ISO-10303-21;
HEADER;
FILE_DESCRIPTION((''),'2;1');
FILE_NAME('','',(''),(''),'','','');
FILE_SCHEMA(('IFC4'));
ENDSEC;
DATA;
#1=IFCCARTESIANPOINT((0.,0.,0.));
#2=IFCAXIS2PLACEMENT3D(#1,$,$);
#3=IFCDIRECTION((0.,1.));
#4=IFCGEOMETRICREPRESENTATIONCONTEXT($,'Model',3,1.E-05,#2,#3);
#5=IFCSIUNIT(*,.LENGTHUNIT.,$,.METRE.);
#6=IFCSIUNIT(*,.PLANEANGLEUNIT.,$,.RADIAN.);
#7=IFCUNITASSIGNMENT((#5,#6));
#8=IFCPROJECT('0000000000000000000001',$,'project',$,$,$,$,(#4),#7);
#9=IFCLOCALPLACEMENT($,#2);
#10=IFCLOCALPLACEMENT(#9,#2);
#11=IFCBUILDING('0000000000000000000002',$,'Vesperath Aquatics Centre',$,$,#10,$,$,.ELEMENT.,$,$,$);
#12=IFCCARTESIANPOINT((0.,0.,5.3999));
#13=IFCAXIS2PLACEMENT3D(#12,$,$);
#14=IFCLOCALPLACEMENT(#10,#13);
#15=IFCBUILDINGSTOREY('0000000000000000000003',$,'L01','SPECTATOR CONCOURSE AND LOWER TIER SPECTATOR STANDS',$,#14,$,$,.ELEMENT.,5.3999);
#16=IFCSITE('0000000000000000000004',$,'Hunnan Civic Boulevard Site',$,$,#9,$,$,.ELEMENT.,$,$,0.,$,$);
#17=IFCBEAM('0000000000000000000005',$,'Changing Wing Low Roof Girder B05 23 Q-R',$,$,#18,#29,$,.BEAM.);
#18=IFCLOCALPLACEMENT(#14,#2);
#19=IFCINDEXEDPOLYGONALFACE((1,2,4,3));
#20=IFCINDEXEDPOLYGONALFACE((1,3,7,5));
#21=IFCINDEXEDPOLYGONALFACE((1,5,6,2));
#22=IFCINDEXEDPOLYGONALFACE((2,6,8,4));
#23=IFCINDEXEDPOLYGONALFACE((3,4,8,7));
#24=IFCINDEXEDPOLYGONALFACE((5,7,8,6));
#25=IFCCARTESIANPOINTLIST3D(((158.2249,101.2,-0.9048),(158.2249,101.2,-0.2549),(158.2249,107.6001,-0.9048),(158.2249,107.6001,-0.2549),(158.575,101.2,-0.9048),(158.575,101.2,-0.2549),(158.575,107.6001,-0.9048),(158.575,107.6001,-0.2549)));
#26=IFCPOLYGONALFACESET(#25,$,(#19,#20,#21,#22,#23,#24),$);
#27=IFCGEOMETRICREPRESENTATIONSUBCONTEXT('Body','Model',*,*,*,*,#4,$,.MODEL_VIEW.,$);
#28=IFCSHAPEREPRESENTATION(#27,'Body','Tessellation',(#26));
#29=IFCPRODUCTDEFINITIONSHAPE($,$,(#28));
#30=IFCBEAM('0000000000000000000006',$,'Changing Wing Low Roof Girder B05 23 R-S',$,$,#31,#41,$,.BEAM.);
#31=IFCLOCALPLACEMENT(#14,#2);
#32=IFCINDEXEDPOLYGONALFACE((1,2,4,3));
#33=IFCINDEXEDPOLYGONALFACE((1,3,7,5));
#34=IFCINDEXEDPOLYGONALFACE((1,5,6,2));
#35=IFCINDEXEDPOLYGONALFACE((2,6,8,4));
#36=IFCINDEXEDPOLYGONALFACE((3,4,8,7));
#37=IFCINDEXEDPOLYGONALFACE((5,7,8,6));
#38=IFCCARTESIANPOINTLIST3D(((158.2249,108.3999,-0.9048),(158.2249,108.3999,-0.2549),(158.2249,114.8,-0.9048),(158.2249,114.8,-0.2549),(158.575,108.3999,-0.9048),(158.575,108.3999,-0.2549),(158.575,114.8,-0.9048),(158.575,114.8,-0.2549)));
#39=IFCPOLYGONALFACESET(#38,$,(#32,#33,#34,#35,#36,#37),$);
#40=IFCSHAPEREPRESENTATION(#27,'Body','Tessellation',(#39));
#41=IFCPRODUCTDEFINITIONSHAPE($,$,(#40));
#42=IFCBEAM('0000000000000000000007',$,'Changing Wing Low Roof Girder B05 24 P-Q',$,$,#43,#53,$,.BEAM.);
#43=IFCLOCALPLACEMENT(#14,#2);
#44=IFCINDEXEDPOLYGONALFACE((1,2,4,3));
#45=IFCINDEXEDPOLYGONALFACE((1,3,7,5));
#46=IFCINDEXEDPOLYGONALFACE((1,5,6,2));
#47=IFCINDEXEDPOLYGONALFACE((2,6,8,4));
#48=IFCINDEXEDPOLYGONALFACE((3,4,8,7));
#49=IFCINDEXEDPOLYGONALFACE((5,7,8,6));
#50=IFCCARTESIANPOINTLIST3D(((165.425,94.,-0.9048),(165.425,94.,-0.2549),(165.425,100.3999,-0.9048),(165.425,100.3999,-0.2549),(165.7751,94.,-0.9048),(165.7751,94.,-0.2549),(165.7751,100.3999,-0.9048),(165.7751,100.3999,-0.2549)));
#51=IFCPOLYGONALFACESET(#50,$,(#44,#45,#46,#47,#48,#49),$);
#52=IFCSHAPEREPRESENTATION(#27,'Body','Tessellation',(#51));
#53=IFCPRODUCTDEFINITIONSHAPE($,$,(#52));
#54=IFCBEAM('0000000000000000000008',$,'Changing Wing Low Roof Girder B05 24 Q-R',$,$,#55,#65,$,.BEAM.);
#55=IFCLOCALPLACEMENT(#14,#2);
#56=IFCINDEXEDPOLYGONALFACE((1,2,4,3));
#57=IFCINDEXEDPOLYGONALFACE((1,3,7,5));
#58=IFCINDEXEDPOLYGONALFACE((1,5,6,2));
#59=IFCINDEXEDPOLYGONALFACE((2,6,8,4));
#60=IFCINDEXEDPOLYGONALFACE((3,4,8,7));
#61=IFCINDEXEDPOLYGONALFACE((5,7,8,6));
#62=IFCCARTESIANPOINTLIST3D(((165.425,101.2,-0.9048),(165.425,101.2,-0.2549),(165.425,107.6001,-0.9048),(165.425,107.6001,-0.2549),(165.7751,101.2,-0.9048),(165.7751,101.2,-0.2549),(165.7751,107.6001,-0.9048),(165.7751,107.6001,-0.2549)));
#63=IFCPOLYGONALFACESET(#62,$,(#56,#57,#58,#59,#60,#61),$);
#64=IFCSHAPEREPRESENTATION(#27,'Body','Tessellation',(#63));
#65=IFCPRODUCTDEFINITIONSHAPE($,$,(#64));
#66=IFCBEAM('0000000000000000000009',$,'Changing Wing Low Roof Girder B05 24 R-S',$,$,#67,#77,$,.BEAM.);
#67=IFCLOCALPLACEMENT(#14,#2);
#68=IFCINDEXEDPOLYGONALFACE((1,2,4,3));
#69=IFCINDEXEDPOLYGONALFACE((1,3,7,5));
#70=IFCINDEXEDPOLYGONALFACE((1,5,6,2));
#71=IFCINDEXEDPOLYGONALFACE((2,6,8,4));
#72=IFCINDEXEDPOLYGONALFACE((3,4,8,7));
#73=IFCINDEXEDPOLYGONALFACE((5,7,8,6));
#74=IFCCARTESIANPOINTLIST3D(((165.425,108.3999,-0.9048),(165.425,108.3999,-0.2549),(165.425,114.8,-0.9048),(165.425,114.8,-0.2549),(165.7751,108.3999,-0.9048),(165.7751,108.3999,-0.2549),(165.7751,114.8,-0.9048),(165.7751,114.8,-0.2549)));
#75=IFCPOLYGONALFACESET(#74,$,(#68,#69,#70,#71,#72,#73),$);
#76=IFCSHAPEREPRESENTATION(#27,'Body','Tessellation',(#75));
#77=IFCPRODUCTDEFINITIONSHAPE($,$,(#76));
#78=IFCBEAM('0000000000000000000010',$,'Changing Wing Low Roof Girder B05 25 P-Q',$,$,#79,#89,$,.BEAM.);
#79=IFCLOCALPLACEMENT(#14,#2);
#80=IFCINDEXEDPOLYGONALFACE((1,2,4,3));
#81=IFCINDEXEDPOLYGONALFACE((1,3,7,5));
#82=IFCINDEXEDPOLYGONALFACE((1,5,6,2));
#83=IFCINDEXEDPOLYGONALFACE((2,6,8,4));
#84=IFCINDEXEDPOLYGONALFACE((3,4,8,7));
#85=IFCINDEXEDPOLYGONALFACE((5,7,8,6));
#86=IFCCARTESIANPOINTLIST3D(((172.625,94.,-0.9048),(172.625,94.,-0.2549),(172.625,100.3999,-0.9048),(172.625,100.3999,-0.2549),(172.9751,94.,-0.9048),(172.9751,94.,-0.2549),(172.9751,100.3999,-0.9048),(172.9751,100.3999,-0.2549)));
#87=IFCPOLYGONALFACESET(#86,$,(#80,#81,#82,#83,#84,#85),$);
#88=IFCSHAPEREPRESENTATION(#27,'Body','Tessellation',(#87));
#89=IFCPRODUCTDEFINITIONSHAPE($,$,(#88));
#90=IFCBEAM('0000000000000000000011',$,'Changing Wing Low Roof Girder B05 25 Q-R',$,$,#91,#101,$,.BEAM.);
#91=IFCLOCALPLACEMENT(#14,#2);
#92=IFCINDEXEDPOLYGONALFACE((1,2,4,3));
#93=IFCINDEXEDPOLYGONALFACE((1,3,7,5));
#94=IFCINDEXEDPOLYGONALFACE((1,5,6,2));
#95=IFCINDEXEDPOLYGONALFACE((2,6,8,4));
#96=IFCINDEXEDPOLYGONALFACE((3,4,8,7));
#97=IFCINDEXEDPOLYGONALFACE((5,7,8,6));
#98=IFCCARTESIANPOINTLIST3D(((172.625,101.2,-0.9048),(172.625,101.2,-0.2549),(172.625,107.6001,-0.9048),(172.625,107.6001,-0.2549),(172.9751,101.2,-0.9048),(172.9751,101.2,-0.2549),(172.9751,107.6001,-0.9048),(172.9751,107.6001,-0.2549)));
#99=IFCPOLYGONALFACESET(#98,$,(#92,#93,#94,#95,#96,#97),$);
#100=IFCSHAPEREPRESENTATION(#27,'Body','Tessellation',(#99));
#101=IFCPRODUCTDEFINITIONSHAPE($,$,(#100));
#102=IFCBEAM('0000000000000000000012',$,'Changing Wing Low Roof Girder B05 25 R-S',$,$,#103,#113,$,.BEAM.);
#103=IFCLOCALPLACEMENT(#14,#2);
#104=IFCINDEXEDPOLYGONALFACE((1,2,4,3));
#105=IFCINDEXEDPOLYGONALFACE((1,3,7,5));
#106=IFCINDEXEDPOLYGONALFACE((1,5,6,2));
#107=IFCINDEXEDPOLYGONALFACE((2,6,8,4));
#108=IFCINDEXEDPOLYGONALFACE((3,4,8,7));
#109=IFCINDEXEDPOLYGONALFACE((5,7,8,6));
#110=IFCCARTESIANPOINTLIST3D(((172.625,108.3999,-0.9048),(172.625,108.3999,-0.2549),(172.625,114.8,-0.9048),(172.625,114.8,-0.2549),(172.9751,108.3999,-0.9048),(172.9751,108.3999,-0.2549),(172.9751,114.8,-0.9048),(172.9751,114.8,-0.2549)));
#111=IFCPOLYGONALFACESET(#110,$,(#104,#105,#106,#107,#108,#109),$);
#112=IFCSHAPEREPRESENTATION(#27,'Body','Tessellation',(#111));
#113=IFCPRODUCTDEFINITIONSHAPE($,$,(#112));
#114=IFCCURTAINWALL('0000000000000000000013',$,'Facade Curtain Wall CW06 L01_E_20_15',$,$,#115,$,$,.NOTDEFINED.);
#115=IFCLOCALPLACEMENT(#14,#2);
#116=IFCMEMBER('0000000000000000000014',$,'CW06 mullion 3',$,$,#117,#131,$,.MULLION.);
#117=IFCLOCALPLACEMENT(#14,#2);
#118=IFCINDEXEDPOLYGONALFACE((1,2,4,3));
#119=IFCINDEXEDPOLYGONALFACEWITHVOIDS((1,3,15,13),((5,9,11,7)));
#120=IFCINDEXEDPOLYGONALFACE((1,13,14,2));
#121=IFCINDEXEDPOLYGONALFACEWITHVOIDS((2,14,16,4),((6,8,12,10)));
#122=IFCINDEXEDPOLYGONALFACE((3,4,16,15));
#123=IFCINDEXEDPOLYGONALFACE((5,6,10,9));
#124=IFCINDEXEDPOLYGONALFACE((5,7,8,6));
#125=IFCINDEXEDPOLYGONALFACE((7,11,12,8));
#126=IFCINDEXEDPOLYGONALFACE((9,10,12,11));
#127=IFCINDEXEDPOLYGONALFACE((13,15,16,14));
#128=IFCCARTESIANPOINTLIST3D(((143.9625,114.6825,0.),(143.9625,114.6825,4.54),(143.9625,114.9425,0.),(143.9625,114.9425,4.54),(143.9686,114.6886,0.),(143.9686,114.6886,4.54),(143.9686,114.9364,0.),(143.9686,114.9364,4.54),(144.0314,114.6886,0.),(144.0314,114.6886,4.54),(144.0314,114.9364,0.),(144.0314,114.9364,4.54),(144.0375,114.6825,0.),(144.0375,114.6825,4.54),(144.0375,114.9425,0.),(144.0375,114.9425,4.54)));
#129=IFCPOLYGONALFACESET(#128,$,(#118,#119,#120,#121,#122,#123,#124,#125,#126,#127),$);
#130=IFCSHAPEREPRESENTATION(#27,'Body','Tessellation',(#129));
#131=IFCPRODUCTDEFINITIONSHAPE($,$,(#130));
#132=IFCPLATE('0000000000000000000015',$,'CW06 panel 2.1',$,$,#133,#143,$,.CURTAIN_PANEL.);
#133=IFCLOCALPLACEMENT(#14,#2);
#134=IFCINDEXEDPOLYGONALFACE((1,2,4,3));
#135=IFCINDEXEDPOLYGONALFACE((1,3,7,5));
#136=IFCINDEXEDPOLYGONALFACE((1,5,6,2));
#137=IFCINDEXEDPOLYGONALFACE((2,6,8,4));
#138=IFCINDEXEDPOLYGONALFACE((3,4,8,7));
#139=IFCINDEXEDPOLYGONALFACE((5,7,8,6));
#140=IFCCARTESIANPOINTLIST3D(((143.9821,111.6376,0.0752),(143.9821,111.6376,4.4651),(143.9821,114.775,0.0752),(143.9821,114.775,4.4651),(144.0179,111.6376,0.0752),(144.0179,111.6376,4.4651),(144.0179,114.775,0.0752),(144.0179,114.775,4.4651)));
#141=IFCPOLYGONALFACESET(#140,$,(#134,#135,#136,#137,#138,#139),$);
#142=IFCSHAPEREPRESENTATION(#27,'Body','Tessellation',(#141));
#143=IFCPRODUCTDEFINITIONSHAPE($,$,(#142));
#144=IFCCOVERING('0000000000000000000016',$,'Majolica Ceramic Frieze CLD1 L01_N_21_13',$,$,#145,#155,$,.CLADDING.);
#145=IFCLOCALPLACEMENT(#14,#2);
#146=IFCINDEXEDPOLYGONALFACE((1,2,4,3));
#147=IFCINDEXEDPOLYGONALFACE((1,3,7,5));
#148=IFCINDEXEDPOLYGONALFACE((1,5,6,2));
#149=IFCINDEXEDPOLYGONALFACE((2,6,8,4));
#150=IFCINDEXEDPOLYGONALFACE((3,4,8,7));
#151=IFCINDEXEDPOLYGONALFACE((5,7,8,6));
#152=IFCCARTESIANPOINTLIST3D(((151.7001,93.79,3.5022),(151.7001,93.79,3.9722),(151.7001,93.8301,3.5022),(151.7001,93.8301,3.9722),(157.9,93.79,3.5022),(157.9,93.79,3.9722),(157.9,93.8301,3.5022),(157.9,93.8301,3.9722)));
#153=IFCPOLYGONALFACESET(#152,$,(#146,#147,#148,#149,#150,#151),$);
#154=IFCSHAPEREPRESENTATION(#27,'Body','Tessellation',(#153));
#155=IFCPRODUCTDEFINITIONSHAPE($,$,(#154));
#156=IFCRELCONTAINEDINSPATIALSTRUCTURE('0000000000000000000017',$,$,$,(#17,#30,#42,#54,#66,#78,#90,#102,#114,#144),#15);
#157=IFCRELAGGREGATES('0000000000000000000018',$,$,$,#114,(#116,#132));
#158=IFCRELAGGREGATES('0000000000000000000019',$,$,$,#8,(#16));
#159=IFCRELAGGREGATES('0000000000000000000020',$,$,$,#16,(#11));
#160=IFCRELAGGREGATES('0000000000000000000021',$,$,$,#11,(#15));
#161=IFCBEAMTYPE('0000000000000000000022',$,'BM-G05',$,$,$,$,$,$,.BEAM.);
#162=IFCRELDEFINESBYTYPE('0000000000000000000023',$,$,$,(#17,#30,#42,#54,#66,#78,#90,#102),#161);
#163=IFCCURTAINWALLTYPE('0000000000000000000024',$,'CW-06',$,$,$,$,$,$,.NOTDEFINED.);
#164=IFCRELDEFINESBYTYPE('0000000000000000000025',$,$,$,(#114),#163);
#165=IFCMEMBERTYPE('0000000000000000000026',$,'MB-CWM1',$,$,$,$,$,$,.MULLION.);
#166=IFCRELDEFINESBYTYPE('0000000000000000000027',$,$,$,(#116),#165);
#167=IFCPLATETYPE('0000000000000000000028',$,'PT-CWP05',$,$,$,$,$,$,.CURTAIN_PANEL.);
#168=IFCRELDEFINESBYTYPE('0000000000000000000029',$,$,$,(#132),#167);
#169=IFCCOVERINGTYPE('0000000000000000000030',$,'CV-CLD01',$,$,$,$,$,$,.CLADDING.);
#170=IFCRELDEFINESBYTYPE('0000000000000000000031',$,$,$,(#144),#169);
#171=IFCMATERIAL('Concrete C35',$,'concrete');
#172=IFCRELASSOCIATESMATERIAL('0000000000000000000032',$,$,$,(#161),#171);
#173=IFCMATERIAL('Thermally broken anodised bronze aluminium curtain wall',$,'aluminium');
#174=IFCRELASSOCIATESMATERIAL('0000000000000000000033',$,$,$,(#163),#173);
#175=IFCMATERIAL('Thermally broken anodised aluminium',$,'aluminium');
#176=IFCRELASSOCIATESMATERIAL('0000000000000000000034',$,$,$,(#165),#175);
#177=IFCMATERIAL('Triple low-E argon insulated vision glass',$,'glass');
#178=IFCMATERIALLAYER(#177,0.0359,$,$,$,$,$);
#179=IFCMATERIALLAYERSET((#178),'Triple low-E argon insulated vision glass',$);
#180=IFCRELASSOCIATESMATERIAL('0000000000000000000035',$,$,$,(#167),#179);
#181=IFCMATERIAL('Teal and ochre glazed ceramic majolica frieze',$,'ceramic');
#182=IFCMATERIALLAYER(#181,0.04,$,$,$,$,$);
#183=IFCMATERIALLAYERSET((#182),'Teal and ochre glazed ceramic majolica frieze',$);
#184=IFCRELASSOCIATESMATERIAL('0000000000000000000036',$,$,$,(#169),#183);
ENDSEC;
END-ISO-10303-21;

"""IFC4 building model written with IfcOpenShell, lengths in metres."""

from ifc_helpers import new_model, si_unit, direction, frame, frame_2d, origin, origin_2d, place, context, subcontext, project, spatial, rectangle, hollow_rectangle, extrude, material, layer, layer_set, material_profile, profile_set, type_object, element, aggregate, save


model = new_model("IFC4")

# Units and contexts
model_context = context("Model", 3, precision=1e-05, world=origin(), true_north=direction((0.0, 1.0)))
body_context = subcontext(model_context, "Body", "Model", "MODEL_VIEW")
ifc_project = project(units=[si_unit("LENGTHUNIT", "METRE"), si_unit("PLANEANGLEUNIT", "RADIAN")], contexts=[model_context])

# Site, building, storey
site_placement = place(None, origin())
site = spatial("IfcSite", under=ifc_project, at=site_placement, Name="Hunnan Civic Boulevard Site", CompositionType="ELEMENT", RefElevation=0.0)
building_placement = place(site_placement, origin())
building = spatial("IfcBuilding", under=site, at=building_placement, Name="Vesperath Aquatics Centre", CompositionType="ELEMENT")
storey_placement = place(building_placement, frame((0.0, 0.0, 5.3999)))
storey = spatial("IfcBuildingStorey", under=building, at=storey_placement, Name="L01", Description="SPECTATOR CONCOURSE AND LOWER TIER SPECTATOR STANDS", CompositionType="ELEMENT", Elevation=5.3999)

# Beams
ifc_material_1 = material(Name="Concrete C35", Category="concrete")
ifc_material_profile_1 = material_profile(ifc_material_1, rectangle(XDim=0.3501, YDim=0.6499, at=origin_2d()), Name="RC 350x650")
ifc_profile_set_1 = profile_set([ifc_material_profile_1], Name="Concrete C35")
beam_type = type_object("IfcBeamType", Name="BM-G05", PredefinedType="BEAM", material=ifc_profile_set_1)
for number, where, z_axis, x_axis, name in (
    (1, (158.3999, 101.2, -0.5798), (0.0, 1.0, 0.0), (-1.0, 0.0, 0.0), "Changing Wing Low Roof Girder B05 23 Q-R"),
    (2, (158.3999, 108.3999, -0.5798), (0.0, 1.0, 0.0), (-1.0, 0.0, 0.0), "Changing Wing Low Roof Girder B05 23 R-S"),
):
    element("IfcBeam", number, at=place(storey_placement, frame(where, z_axis=z_axis, x_axis=x_axis)), inside=storey, type_object=beam_type, Name=name, PredefinedType="BEAM", context=body_context, shape_type="SweptSolid", body=[
        extrude(rectangle(XDim=0.3501, YDim=0.6499, at=origin_2d()), origin(), (0.0, 0.0, 1.0), 6.4001),
    ])
beam_1_placement = place(storey_placement, frame((165.6001, 94.0, -0.5798), z_axis=(0.0, 1.0, 0.0), x_axis=(-1.0, 0.0, 0.0)))
element("IfcBeam", 3, at=beam_1_placement, inside=storey, type_object=beam_type, Name="Changing Wing Low Roof Girder B05 24 P-Q", PredefinedType="BEAM", context=body_context, shape_type="SweptSolid", body=[
    extrude(rectangle(XDim=0.3501, YDim=0.6499, at=origin_2d()), origin(), (0.0, 0.0, 1.0), 6.3999),
])
for number, where, z_axis, x_axis, name in (
    (4, (165.6001, 101.2, -0.5798), (0.0, 1.0, 0.0), (-1.0, 0.0, 0.0), "Changing Wing Low Roof Girder B05 24 Q-R"),
    (5, (165.6001, 108.3999, -0.5798), (0.0, 1.0, 0.0), (-1.0, 0.0, 0.0), "Changing Wing Low Roof Girder B05 24 R-S"),
):
    element("IfcBeam", number, at=place(storey_placement, frame(where, z_axis=z_axis, x_axis=x_axis)), inside=storey, type_object=beam_type, Name=name, PredefinedType="BEAM", context=body_context, shape_type="SweptSolid", body=[
        extrude(rectangle(XDim=0.3501, YDim=0.6499, at=origin_2d()), origin(), (0.0, 0.0, 1.0), 6.4001),
    ])
beam_2_placement = place(storey_placement, frame((172.8, 94.0, -0.5798), z_axis=(0.0, 1.0, 0.0), x_axis=(-1.0, 0.0, 0.0)))
element("IfcBeam", 6, at=beam_2_placement, inside=storey, type_object=beam_type, Name="Changing Wing Low Roof Girder B05 25 P-Q", PredefinedType="BEAM", context=body_context, shape_type="SweptSolid", body=[
    extrude(rectangle(XDim=0.3501, YDim=0.6499, at=origin_2d()), origin(), (0.0, 0.0, 1.0), 6.3999),
])
for number, where, z_axis, x_axis, name in (
    (7, (172.8, 101.2, -0.5798), (0.0, 1.0, 0.0), (-1.0, 0.0, 0.0), "Changing Wing Low Roof Girder B05 25 Q-R"),
    (8, (172.8, 108.3999, -0.5798), (0.0, 1.0, 0.0), (-1.0, 0.0, 0.0), "Changing Wing Low Roof Girder B05 25 R-S"),
):
    element("IfcBeam", number, at=place(storey_placement, frame(where, z_axis=z_axis, x_axis=x_axis)), inside=storey, type_object=beam_type, Name=name, PredefinedType="BEAM", context=body_context, shape_type="SweptSolid", body=[
        extrude(rectangle(XDim=0.3501, YDim=0.6499, at=origin_2d()), origin(), (0.0, 0.0, 1.0), 6.4001),
    ])

# Curtain wall, member, plate
ifc_material_2 = material(Name="Thermally broken anodised bronze aluminium curtain wall", Category="aluminium")
curtain_wall_type = type_object("IfcCurtainWallType", Name="CW-06", PredefinedType="NOTDEFINED", material=ifc_material_2)
curtain_wall_placement = place(storey_placement, origin())
curtain_wall = element("IfcCurtainWall", 9, at=curtain_wall_placement, inside=storey, type_object=curtain_wall_type, Name="Facade Curtain Wall CW06 L01_E_20_15", PredefinedType="NOTDEFINED")
ifc_material_3 = material(Name="Thermally broken anodised aluminium", Category="aluminium")
ifc_material_profile_2 = material_profile(ifc_material_3, hollow_rectangle(XDim=0.075, YDim=0.26, WallThickness=0.0061, at=origin_2d()), Name="CWM 75x260x6")
ifc_profile_set_2 = profile_set([ifc_material_profile_2], Name="Thermally broken anodised aluminium")
member_type = type_object("IfcMemberType", Name="MB-CWM1", PredefinedType="MULLION", material=ifc_profile_set_2)
member_placement = place(storey_placement, frame((144.0, 114.8125, 0.0), z_axis=(0.0, 0.0, 1.0), x_axis=(-1.0, 0.0, 0.0)))
member = element("IfcMember", 10, at=member_placement, type_object=member_type, Name="CW06 mullion 3", PredefinedType="MULLION", context=body_context, shape_type="SweptSolid", body=[
    extrude(hollow_rectangle(XDim=0.075, YDim=0.26, WallThickness=0.0061, at=origin_2d()), origin(), (0.0, 0.0, 1.0), 4.54),
])
ifc_material_4 = material(Name="Triple low-E argon insulated vision glass", Category="glass")
ifc_layer_1 = layer(ifc_material_4, 0.0359)
ifc_layer_set_1 = layer_set([ifc_layer_1], Name="Triple low-E argon insulated vision glass")
plate_type = type_object("IfcPlateType", Name="PT-CWP05", PredefinedType="CURTAIN_PANEL", material=ifc_layer_set_1)
plate_placement = place(storey_placement, frame((144.0, 113.2063, 0.0752), z_axis=(0.0, 0.0, 1.0), x_axis=(0.0, 1.0, 0.0)))
plate = element("IfcPlate", 11, at=plate_placement, type_object=plate_type, Name="CW06 panel 2.1", PredefinedType="CURTAIN_PANEL", context=body_context, shape_type="SweptSolid", body=[
    extrude(rectangle(XDim=3.1375, YDim=0.0359, at=origin_2d()), origin(), (0.0, 0.0, 1.0), 4.3899),
])
aggregate(curtain_wall, [member, plate])

# Covering
ifc_material_5 = material(Name="Teal and ochre glazed ceramic majolica frieze", Category="ceramic")
ifc_layer_2 = layer(ifc_material_5, 0.04)
ifc_layer_set_2 = layer_set([ifc_layer_2], Name="Teal and ochre glazed ceramic majolica frieze")
covering_type = type_object("IfcCoveringType", Name="CV-CLD01", PredefinedType="CLADDING", material=ifc_layer_set_2)
covering_placement = place(storey_placement, frame((151.7, 93.8101, 3.5022), z_axis=(0.0, 0.0, 1.0), x_axis=(1.0, 0.0, 0.0)))
element("IfcCovering", 12, at=covering_placement, inside=storey, type_object=covering_type, Name="Majolica Ceramic Frieze CLD1 L01_N_21_13", PredefinedType="CLADDING", context=body_context, shape_type="SweptSolid", body=[
    extrude(rectangle(XDim=6.2, YDim=0.04, at=frame_2d((3.1001, 0.0))), origin(), (0.0, 0.0, 1.0), 0.47),
])

save(model, "model.ifc")
